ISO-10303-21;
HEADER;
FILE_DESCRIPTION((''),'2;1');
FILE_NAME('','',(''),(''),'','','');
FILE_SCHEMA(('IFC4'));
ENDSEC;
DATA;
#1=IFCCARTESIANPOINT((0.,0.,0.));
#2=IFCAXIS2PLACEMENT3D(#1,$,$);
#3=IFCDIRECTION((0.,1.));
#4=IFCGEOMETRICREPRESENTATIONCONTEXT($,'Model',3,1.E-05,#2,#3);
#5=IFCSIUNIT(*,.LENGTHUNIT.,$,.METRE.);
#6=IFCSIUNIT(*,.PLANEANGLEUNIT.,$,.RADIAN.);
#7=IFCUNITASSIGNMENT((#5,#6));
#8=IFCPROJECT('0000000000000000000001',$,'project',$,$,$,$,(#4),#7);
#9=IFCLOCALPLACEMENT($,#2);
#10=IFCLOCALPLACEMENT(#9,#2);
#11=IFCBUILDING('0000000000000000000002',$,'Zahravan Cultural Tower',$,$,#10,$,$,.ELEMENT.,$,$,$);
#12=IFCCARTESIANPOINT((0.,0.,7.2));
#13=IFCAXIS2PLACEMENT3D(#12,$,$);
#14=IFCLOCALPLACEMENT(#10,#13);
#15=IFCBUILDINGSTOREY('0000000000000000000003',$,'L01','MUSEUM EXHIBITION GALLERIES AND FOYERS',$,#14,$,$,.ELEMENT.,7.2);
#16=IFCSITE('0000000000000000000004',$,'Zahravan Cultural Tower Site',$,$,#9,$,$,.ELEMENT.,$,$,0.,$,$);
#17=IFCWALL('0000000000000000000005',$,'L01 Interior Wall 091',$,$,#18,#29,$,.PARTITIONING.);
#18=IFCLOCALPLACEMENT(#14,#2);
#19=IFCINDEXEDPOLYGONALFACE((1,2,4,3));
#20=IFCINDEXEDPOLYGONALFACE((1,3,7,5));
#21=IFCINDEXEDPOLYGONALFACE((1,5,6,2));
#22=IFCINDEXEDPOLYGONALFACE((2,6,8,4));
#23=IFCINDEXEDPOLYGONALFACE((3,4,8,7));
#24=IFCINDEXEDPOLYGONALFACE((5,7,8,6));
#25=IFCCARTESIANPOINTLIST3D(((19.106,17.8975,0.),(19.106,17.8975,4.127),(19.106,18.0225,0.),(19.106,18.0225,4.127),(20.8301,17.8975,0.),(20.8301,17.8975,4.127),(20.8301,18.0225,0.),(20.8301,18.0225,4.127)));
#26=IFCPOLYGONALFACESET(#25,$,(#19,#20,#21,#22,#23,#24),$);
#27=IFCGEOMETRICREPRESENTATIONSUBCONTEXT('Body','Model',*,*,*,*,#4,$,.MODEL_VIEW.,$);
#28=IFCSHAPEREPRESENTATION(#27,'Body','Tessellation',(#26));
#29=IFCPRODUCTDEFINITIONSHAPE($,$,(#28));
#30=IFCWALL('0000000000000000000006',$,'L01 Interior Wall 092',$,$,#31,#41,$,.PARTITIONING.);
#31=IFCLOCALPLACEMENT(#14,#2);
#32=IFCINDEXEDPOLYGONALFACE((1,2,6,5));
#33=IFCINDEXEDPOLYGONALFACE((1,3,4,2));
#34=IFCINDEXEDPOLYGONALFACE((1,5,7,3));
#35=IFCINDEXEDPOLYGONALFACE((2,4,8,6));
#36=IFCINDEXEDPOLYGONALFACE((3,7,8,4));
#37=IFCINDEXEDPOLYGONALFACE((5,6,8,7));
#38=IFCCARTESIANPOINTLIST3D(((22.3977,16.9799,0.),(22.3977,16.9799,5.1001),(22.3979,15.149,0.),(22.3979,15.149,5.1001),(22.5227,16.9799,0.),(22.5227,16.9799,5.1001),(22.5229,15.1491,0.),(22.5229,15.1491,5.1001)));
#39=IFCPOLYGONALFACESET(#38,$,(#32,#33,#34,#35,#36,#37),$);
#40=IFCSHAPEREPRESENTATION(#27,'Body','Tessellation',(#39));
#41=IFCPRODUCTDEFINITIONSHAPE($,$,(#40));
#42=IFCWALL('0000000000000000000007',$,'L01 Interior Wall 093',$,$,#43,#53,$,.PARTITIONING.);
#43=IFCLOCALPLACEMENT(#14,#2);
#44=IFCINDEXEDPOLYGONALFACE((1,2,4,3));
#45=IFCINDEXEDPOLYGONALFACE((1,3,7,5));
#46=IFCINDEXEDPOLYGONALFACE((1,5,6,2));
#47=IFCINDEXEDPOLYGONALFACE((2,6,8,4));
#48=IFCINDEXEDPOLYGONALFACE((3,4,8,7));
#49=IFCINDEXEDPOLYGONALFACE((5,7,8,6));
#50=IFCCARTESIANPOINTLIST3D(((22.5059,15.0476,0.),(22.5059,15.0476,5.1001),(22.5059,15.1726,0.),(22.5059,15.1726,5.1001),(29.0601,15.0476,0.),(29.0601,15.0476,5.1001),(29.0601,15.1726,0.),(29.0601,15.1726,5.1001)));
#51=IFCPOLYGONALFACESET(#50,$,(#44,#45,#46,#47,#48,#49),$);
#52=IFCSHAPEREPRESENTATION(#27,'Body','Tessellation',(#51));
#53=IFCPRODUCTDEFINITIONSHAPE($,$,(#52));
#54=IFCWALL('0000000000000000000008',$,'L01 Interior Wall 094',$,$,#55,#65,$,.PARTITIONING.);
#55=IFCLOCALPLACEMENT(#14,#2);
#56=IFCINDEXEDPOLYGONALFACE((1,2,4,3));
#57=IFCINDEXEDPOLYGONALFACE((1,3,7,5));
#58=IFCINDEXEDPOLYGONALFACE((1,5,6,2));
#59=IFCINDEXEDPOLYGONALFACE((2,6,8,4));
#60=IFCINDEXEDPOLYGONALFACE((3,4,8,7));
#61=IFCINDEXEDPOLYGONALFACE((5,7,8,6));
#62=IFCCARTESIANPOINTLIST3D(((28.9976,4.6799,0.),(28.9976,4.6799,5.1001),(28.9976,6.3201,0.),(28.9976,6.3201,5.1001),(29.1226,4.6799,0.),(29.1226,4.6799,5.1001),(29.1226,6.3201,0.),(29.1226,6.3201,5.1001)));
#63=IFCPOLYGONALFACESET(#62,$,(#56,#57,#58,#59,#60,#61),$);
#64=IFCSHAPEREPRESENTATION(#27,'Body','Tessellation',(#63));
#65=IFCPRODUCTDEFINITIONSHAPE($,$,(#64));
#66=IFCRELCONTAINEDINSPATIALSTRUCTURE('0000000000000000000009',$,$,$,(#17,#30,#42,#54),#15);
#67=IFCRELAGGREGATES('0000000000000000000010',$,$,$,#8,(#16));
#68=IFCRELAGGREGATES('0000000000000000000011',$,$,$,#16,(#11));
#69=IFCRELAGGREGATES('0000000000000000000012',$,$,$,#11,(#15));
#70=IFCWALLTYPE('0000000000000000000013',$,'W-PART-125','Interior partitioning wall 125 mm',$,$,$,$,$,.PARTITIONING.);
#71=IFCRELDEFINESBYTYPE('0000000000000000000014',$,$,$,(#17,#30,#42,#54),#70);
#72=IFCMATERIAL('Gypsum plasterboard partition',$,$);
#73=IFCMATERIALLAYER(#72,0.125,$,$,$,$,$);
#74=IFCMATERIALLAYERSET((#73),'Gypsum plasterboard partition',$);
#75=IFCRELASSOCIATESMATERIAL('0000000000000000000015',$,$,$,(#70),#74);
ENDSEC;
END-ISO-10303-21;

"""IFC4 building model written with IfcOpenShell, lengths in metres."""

from ifc_helpers import new_model, si_unit, direction, frame, frame_2d, origin, place, context, subcontext, project, spatial, rectangle, extrude, source, transform, mapped, material, layer, layer_set, type_object, element, save


model = new_model("IFC4")

# Units and contexts
model_context = context("Model", 3, precision=1e-05, world=origin(), true_north=direction((0.0, 1.0)))
body_context = subcontext(model_context, "Body", "Model", "MODEL_VIEW")
ifc_project = project(units=[si_unit("LENGTHUNIT", "METRE"), si_unit("PLANEANGLEUNIT", "RADIAN")], contexts=[model_context])

# Site, building, storey
site_placement = place(None, origin())
site = spatial("IfcSite", under=ifc_project, at=site_placement, Name="Zahravan Cultural Tower Site", CompositionType="ELEMENT", RefElevation=0.0)
building_placement = place(site_placement, origin())
building = spatial("IfcBuilding", under=site, at=building_placement, Name="Zahravan Cultural Tower", CompositionType="ELEMENT")
storey_placement = place(building_placement, frame((0.0, 0.0, 7.2)))
storey = spatial("IfcBuildingStorey", under=building, at=storey_placement, Name="L01", Description="MUSEUM EXHIBITION GALLERIES AND FOYERS", CompositionType="ELEMENT", Elevation=7.2)

# Shared definitions
ifc_material_1 = material(Name="Gypsum plasterboard partition")
ifc_layer_1 = layer(ifc_material_1, 0.125)
ifc_layer_set_1 = layer_set([ifc_layer_1], Name="Gypsum plasterboard partition")
wall_type_1 = type_object("IfcWallType", Name="W-PART-125", Description="Interior partitioning wall 125 mm", PredefinedType="PARTITIONING", material=ifc_layer_set_1)

# Walls
shared_shape_1 = source(origin(), body_context, "Body", "SweptSolid", [
    extrude(rectangle(XDim=1.7241, YDim=0.125, at=frame_2d((0.8621, 0.0))), origin(), (0.0, 0.0, 1.0), 4.127),
])
wall_1_placement = place(storey_placement, frame((19.106, 17.96, 0.0), z_axis=(0.0, 0.0, 1.0), x_axis=(1.0, 0.0, 0.0)))
element("IfcWall", 1, at=wall_1_placement, inside=storey, type_object=wall_type_1, Name="L01 Interior Wall 091", PredefinedType="PARTITIONING", context=body_context, shape_type="MappedRepresentation", body=[
    mapped(shared_shape_1, transform((0.0, 0.0, 0.0), x_axis=(1.0, 0.0, 0.0), y_axis=(0.0, 1.0, 0.0), z_axis=(0.0, 0.0, 1.0), scale=1.0)),
])
shared_shape_2 = source(origin(), body_context, "Body", "SweptSolid", [
    extrude(rectangle(XDim=1.8308, YDim=0.125, at=frame_2d((0.9155, 0.0))), origin(), (0.0, 0.0, 1.0), 5.1001),
])
wall_2_placement = place(storey_placement, frame((22.4602, 16.98, 0.0), z_axis=(0.0, 0.0, 1.0), x_axis=(0.000133, -1.0, 0.0)))
element("IfcWall", 2, at=wall_2_placement, inside=storey, type_object=wall_type_1, Name="L01 Interior Wall 092", PredefinedType="PARTITIONING", context=body_context, shape_type="MappedRepresentation", body=[
    mapped(shared_shape_2, transform((0.0, 0.0, 0.0), x_axis=(1.0, 0.0, 0.0), y_axis=(0.0, 1.0, 0.0), z_axis=(0.0, 0.0, 1.0), scale=1.0)),
])
shared_shape_3 = source(origin(), body_context, "Body", "SweptSolid", [
    extrude(rectangle(XDim=6.5542, YDim=0.125, at=frame_2d((3.2771, 0.0))), origin(), (0.0, 0.0, 1.0), 5.1001),
])
wall_3_placement = place(storey_placement, frame((22.5059, 15.1101, 0.0), z_axis=(0.0, 0.0, 1.0), x_axis=(1.0, 0.0, 0.0)))
element("IfcWall", 3, at=wall_3_placement, inside=storey, type_object=wall_type_1, Name="L01 Interior Wall 093", PredefinedType="PARTITIONING", context=body_context, shape_type="MappedRepresentation", body=[
    mapped(shared_shape_3, transform((0.0, 0.0, 0.0), x_axis=(1.0, 0.0, 0.0), y_axis=(0.0, 1.0, 0.0), z_axis=(0.0, 0.0, 1.0), scale=1.0)),
])
shared_shape_4 = source(origin(), body_context, "Body", "SweptSolid", [
    extrude(rectangle(XDim=1.6401, YDim=0.125, at=frame_2d((0.8201, 0.0))), origin(), (0.0, 0.0, 1.0), 5.1001),
])
wall_4_placement = place(storey_placement, frame((29.0601, 6.3201, 0.0), z_axis=(0.0, 0.0, 1.0), x_axis=(0.0, -1.0, 0.0)))
element("IfcWall", 4, at=wall_4_placement, inside=storey, type_object=wall_type_1, Name="L01 Interior Wall 094", PredefinedType="PARTITIONING", context=body_context, shape_type="MappedRepresentation", body=[
    mapped(shared_shape_4, transform((0.0, 0.0, 0.0), x_axis=(1.0, 0.0, 0.0), y_axis=(0.0, 1.0, 0.0), z_axis=(0.0, 0.0, 1.0), scale=1.0)),
])

save(model, "model.ifc")
